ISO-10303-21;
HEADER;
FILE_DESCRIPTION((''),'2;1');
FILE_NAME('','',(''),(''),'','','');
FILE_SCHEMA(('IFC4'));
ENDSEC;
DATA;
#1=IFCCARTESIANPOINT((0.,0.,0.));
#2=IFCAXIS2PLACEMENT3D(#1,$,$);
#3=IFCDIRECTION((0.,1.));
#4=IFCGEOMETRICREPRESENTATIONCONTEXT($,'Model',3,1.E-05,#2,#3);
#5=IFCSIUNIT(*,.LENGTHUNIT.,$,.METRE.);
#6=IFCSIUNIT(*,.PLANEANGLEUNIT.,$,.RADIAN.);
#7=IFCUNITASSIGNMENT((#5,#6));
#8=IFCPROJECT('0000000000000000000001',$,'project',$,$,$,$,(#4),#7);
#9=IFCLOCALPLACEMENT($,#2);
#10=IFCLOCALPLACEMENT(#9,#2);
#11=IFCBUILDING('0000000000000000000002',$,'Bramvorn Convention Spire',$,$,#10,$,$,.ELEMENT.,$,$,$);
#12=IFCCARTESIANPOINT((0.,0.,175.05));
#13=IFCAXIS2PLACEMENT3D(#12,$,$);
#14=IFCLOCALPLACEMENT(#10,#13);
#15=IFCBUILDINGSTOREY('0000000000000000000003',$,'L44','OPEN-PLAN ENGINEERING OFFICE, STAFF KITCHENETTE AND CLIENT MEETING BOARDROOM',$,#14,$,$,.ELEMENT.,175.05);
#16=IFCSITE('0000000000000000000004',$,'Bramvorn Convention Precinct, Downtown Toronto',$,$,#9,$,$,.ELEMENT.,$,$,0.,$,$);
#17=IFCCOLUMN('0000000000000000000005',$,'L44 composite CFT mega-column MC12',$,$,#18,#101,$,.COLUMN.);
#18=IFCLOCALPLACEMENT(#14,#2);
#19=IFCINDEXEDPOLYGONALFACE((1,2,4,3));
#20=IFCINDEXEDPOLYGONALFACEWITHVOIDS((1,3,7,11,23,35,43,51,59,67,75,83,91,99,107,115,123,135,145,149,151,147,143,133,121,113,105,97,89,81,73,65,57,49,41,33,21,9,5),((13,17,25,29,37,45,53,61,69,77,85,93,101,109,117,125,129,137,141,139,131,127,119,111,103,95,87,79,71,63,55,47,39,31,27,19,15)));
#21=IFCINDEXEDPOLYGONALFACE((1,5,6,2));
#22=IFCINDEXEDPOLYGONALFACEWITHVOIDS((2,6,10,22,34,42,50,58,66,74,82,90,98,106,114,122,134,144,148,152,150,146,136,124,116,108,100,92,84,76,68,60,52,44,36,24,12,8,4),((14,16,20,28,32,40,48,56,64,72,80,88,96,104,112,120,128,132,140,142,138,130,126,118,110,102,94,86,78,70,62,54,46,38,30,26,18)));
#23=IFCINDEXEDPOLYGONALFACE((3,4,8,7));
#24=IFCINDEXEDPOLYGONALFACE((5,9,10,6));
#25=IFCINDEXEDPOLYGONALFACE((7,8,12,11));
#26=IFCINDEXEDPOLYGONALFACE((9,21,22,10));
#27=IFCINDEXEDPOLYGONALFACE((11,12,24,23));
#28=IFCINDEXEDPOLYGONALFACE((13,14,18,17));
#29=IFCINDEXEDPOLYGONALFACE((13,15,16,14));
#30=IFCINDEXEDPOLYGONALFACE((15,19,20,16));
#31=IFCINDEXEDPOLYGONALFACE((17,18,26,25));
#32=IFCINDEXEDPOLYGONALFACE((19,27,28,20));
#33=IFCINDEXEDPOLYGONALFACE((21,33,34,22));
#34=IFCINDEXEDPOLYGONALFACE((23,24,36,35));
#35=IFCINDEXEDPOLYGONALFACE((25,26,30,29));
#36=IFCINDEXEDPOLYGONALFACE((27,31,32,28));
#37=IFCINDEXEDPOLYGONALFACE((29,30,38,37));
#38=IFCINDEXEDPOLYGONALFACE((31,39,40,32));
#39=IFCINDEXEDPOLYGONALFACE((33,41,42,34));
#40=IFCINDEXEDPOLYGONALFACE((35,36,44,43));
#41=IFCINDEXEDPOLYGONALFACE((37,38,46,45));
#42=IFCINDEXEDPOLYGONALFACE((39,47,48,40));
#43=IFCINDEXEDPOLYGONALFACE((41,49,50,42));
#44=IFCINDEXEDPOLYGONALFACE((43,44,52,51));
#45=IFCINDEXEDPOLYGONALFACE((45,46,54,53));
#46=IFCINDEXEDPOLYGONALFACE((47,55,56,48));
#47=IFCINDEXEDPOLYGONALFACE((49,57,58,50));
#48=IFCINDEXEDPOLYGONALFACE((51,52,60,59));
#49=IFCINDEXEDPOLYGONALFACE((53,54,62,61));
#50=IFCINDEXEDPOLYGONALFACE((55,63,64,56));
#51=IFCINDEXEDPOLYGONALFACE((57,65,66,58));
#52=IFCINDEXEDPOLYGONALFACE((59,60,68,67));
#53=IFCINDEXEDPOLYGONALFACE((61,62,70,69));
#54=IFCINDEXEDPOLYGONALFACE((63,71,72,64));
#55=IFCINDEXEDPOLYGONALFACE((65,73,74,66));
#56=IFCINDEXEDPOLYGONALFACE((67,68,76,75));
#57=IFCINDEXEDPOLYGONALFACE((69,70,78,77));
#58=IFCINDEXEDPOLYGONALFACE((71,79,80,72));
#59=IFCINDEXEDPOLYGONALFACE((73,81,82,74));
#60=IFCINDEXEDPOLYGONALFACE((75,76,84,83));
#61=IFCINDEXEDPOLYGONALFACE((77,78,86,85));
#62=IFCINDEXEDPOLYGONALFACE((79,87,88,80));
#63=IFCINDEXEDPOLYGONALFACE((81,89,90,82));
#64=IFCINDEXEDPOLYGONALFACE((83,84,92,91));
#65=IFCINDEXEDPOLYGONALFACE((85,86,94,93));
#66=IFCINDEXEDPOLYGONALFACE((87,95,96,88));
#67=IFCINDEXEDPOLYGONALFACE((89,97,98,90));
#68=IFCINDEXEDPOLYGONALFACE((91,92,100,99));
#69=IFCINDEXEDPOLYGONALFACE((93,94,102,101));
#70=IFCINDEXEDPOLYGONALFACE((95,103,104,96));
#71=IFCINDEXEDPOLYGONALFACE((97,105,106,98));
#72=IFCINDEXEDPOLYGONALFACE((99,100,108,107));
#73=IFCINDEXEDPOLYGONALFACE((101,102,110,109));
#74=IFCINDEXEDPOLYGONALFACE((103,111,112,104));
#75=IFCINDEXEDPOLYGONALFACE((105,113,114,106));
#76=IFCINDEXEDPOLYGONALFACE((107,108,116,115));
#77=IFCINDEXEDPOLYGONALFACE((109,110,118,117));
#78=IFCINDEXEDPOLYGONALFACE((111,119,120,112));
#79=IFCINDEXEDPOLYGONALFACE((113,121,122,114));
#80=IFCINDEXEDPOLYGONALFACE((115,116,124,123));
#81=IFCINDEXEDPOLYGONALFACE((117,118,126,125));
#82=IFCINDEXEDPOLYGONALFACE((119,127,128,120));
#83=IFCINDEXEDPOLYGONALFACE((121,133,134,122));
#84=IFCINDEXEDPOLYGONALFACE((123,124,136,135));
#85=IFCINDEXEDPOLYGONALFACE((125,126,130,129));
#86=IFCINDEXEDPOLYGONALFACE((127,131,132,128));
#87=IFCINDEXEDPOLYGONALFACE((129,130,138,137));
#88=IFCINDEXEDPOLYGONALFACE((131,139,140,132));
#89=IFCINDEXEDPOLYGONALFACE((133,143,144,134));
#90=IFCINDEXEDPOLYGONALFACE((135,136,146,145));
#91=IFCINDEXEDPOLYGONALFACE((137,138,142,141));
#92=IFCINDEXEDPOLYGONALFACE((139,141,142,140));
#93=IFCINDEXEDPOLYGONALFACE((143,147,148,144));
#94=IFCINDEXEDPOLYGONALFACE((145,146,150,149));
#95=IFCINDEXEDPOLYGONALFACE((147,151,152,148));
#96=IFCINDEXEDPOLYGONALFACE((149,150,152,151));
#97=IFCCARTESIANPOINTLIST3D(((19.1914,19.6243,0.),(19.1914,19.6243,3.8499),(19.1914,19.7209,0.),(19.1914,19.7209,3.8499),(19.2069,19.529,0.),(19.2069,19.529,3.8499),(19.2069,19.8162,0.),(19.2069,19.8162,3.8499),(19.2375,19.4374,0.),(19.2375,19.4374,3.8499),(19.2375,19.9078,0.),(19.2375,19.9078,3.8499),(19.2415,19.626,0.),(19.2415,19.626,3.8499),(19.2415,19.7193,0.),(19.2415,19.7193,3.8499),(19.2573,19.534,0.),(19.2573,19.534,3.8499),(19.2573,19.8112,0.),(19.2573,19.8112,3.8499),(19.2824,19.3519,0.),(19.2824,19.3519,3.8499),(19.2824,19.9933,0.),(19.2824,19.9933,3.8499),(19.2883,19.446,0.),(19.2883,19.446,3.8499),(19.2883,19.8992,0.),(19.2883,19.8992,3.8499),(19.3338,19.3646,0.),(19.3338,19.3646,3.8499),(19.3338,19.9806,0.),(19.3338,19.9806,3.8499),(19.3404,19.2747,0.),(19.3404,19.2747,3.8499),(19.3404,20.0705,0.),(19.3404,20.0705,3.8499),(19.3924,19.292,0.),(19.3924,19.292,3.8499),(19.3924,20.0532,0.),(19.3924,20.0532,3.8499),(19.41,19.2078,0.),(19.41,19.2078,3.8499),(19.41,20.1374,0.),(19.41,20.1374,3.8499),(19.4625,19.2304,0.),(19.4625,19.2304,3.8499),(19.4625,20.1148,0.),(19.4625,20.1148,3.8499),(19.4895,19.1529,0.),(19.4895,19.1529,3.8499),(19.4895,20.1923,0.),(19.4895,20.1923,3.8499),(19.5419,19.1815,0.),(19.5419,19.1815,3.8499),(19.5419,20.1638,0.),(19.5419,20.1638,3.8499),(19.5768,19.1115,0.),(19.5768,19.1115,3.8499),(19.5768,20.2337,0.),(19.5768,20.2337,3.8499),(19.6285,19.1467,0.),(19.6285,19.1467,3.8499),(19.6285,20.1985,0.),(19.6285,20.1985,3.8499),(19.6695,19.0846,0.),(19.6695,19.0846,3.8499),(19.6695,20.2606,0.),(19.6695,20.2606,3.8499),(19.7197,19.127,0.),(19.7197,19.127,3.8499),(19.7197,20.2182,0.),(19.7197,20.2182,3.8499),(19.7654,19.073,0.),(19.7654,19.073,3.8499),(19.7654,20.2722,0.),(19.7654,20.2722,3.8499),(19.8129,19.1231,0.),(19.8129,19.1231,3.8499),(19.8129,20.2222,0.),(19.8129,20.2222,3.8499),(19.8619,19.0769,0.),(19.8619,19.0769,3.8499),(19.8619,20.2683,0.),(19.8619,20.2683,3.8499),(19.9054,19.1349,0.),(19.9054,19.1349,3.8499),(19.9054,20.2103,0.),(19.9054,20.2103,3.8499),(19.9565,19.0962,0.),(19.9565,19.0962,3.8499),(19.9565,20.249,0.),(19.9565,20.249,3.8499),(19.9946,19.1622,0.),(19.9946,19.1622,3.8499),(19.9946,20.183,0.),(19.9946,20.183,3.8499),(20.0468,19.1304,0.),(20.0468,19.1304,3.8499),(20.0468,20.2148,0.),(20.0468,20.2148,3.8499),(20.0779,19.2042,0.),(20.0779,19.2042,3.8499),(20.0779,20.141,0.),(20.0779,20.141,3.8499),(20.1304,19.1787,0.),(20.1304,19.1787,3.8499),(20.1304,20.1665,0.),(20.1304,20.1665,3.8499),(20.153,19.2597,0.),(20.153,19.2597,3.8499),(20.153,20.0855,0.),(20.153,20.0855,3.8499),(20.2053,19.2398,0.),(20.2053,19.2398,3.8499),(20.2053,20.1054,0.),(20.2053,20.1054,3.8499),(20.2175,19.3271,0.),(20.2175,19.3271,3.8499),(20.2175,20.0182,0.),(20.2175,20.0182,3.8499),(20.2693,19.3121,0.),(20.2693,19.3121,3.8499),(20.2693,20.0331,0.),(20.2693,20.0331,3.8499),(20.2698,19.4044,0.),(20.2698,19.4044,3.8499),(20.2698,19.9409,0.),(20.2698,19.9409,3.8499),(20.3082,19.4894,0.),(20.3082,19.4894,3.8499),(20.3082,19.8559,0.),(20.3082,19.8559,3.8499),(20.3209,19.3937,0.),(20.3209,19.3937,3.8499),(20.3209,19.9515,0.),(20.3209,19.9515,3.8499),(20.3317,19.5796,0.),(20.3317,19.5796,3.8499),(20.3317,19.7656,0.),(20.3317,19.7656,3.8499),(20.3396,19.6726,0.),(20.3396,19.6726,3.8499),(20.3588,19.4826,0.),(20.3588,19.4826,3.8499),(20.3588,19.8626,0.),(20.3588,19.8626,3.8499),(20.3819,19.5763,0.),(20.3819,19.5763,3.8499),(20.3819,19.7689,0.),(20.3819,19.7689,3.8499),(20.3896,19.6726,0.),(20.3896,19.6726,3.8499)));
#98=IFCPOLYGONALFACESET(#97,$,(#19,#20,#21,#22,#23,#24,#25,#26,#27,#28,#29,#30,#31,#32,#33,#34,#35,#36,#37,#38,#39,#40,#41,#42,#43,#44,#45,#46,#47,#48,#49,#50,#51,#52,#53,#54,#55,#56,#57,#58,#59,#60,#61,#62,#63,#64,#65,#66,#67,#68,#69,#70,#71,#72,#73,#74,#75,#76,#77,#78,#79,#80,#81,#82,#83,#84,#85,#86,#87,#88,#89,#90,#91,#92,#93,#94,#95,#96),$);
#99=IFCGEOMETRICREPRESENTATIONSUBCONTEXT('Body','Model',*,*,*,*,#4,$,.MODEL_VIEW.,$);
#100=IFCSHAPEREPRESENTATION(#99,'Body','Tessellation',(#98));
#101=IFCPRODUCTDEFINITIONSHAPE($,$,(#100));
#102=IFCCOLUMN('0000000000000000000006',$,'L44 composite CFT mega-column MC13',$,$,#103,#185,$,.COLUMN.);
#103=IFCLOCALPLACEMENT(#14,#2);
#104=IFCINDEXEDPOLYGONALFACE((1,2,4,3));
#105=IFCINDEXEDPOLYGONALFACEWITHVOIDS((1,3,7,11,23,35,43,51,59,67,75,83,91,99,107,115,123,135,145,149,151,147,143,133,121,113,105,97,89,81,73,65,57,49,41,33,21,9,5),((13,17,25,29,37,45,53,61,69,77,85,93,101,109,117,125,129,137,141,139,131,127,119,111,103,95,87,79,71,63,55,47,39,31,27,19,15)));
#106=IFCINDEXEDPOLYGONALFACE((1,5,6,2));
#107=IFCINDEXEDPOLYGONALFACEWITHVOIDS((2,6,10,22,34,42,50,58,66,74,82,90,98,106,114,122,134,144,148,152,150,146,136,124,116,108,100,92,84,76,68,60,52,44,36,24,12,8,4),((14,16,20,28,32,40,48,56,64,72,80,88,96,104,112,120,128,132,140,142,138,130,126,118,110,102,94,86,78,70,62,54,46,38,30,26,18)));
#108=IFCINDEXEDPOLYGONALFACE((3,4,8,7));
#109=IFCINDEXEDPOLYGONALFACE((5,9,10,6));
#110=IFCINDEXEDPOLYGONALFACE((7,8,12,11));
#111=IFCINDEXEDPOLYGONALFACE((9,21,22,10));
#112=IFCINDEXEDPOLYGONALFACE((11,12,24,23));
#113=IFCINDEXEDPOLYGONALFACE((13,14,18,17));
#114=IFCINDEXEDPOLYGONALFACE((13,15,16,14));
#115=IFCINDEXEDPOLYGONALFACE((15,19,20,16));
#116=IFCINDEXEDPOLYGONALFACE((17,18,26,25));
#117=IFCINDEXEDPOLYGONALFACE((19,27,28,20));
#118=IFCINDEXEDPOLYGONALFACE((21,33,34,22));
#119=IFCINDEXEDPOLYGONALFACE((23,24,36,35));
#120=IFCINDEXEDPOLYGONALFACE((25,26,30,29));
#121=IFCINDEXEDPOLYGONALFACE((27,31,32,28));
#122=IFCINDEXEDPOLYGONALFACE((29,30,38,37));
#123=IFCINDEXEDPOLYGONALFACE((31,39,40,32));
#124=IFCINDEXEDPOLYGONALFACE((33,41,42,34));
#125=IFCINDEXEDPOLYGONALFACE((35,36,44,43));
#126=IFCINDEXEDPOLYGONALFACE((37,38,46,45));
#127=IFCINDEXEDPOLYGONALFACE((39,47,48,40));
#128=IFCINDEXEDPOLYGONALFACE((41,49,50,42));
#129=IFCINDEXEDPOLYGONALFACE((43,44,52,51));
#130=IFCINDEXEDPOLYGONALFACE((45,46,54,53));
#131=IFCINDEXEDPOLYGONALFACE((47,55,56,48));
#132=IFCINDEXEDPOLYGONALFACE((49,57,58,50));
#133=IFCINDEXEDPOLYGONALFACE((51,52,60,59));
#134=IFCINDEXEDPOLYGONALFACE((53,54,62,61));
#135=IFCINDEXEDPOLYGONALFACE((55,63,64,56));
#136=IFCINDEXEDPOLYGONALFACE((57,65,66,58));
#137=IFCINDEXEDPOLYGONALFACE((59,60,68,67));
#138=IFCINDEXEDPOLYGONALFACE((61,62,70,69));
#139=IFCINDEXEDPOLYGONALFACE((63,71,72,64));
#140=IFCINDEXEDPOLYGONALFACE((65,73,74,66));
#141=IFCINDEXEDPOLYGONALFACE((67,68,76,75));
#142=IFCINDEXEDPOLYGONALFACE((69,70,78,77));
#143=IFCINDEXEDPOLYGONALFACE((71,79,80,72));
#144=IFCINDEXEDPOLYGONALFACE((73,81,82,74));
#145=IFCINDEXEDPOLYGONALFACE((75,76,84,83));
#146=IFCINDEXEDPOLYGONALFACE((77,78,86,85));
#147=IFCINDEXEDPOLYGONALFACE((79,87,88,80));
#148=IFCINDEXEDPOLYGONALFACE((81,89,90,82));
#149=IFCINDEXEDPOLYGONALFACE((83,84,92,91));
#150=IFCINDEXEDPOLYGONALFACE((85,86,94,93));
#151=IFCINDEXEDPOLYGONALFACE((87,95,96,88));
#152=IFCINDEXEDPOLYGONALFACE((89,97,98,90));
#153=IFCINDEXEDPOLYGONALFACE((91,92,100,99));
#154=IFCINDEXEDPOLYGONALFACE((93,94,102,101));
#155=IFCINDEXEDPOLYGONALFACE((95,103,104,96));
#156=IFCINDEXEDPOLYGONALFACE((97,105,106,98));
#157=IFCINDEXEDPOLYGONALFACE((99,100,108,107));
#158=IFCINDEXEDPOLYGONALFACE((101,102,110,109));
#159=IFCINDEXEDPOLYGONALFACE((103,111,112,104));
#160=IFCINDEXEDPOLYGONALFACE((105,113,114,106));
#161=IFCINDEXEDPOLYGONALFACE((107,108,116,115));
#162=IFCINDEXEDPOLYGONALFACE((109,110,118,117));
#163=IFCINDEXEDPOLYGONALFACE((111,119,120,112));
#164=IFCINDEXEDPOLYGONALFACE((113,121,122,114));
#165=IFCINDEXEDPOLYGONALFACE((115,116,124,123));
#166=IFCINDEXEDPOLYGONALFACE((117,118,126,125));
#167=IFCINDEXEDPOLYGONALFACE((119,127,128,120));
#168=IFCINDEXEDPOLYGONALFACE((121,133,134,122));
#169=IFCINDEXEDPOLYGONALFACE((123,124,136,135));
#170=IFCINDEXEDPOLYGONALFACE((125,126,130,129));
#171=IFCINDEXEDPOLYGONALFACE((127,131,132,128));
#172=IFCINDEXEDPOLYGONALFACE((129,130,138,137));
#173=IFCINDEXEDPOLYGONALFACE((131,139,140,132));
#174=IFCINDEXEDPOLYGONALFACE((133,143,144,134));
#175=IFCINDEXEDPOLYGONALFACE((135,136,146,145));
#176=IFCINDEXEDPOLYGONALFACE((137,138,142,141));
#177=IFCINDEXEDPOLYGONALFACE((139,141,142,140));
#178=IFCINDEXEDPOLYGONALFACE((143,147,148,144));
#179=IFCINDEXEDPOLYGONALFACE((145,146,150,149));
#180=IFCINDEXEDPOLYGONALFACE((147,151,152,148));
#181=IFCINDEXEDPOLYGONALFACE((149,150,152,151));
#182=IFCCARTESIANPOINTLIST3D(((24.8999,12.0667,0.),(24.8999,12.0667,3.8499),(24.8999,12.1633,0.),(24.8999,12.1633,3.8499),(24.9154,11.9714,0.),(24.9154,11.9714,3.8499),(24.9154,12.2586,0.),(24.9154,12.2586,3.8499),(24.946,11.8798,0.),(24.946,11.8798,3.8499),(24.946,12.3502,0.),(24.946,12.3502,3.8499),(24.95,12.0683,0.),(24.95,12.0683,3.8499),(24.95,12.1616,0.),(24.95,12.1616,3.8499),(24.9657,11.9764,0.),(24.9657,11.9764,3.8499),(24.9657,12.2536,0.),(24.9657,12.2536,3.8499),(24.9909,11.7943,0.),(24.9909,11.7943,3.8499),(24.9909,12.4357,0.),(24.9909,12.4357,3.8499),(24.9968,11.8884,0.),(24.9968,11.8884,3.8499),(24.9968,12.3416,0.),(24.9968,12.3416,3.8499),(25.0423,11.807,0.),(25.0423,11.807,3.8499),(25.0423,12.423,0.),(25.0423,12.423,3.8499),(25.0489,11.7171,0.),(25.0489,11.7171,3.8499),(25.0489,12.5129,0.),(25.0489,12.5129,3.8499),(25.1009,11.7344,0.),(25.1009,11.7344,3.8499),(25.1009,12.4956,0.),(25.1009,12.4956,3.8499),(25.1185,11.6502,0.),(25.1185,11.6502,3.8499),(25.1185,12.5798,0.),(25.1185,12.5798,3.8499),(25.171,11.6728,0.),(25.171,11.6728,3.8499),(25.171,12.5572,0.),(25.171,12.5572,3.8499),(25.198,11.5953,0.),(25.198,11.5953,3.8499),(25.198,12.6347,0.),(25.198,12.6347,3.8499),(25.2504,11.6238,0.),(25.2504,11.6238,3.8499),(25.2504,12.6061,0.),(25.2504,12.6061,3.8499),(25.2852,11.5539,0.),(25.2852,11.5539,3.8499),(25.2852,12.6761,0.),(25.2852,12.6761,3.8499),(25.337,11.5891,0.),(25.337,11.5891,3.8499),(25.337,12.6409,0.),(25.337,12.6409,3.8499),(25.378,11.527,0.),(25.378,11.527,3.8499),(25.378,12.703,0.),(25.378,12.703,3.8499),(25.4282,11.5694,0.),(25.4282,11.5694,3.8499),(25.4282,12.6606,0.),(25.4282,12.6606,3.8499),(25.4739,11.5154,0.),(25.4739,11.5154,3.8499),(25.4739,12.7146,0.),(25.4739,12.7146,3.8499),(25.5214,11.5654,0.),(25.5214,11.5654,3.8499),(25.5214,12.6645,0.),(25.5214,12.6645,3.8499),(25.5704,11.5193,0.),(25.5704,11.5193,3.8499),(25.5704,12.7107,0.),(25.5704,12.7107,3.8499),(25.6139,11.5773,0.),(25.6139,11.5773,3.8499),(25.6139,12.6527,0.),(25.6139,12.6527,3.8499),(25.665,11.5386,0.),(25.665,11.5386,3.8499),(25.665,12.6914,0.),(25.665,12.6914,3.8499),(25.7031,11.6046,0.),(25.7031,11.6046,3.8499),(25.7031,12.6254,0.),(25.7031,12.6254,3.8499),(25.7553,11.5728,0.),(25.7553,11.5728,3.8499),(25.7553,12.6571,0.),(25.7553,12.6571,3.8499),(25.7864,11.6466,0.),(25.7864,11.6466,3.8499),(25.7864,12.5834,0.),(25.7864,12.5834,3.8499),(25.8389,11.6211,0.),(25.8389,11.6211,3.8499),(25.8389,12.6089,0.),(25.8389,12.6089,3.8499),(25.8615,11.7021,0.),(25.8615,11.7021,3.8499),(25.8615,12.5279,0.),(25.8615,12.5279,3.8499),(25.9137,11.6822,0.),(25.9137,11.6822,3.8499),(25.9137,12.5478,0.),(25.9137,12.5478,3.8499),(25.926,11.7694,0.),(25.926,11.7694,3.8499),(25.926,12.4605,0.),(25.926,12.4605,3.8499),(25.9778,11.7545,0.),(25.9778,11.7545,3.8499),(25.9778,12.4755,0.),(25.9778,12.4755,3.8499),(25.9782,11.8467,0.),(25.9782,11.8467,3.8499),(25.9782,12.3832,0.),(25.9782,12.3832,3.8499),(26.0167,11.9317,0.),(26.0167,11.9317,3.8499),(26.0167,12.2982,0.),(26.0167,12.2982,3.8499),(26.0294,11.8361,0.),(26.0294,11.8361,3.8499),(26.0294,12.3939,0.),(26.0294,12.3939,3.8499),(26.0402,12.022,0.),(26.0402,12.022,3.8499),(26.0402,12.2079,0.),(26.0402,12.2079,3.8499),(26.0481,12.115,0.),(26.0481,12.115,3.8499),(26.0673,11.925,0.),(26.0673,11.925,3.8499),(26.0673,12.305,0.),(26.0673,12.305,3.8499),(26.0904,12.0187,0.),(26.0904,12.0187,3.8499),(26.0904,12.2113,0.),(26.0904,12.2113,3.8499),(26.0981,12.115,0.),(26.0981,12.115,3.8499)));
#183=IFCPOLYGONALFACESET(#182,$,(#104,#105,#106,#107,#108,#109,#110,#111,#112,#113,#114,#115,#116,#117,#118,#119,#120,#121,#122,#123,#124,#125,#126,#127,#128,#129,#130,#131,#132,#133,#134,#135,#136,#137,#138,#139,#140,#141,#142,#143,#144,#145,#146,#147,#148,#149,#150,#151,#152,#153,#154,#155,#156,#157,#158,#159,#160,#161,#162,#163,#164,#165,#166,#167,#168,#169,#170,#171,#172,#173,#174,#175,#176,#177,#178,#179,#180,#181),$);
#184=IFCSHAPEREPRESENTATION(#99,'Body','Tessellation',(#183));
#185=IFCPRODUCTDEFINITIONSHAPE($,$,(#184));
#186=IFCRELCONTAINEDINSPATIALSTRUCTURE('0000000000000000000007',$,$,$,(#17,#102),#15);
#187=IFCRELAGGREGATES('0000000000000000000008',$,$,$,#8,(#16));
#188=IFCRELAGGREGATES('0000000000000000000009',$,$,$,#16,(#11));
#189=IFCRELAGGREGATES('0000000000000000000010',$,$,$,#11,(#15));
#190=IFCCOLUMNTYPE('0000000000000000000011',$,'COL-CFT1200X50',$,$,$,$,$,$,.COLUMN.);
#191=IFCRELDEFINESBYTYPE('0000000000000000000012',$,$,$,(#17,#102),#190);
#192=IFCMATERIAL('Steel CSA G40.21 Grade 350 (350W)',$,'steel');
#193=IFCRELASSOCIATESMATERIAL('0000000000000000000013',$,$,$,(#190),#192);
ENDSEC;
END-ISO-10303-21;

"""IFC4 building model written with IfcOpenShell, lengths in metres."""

from ifc_helpers import new_model, si_unit, direction, frame, origin, origin_2d, place, context, subcontext, project, spatial, hollow_circle, extrude, material, material_profile, profile_set, type_object, element, save


model = new_model("IFC4")

# Units and contexts
model_context = context("Model", 3, precision=1e-05, world=origin(), true_north=direction((0.0, 1.0)))
body_context = subcontext(model_context, "Body", "Model", "MODEL_VIEW")
ifc_project = project(units=[si_unit("LENGTHUNIT", "METRE"), si_unit("PLANEANGLEUNIT", "RADIAN")], contexts=[model_context])

# Site, building, storey
site_placement = place(None, origin())
site = spatial("IfcSite", under=ifc_project, at=site_placement, Name="Bramvorn Convention Precinct, Downtown Toronto", CompositionType="ELEMENT", RefElevation=0.0)
building_placement = place(site_placement, origin())
building = spatial("IfcBuilding", under=site, at=building_placement, Name="Bramvorn Convention Spire", CompositionType="ELEMENT")
storey_placement = place(building_placement, frame((0.0, 0.0, 175.05)))
storey = spatial("IfcBuildingStorey", under=building, at=storey_placement, Name="L44", Description="OPEN-PLAN ENGINEERING OFFICE, STAFF KITCHENETTE AND CLIENT MEETING BOARDROOM", CompositionType="ELEMENT", Elevation=175.05)

# Columns
ifc_material_1 = material(Name="Steel CSA G40.21 Grade 350 (350W)", Category="steel")
ifc_material_profile_1 = material_profile(ifc_material_1, hollow_circle(Radius=0.6001, WallThickness=0.05, at=origin_2d()))
ifc_profile_set_1 = profile_set([ifc_material_profile_1], Name="Steel CSA G40.21 Grade 350 (350W) - CFT1200X50")
column_type = type_object("IfcColumnType", Name="COL-CFT1200X50", PredefinedType="COLUMN", material=ifc_profile_set_1)
for number, where, z_axis, x_axis, name in (
    (1, (19.7896, 19.6726, 0.0), (0.0, 0.0, 1.0), (1.0, 0.0, 0.0), "L44 composite CFT mega-column MC12"),
    (2, (25.498, 12.115, 0.0), (0.0, 0.0, 1.0), (1.0, 0.0, 0.0), "L44 composite CFT mega-column MC13"),
):
    element("IfcColumn", number, at=place(storey_placement, frame(where, z_axis=z_axis, x_axis=x_axis)), inside=storey, type_object=column_type, Name=name, PredefinedType="COLUMN", context=body_context, shape_type="SweptSolid", body=[
        extrude(hollow_circle(Radius=0.6001, WallThickness=0.05, at=origin_2d()), origin(), (0.0, 0.0, 1.0), 3.8499),
    ])

save(model, "model.ifc")
